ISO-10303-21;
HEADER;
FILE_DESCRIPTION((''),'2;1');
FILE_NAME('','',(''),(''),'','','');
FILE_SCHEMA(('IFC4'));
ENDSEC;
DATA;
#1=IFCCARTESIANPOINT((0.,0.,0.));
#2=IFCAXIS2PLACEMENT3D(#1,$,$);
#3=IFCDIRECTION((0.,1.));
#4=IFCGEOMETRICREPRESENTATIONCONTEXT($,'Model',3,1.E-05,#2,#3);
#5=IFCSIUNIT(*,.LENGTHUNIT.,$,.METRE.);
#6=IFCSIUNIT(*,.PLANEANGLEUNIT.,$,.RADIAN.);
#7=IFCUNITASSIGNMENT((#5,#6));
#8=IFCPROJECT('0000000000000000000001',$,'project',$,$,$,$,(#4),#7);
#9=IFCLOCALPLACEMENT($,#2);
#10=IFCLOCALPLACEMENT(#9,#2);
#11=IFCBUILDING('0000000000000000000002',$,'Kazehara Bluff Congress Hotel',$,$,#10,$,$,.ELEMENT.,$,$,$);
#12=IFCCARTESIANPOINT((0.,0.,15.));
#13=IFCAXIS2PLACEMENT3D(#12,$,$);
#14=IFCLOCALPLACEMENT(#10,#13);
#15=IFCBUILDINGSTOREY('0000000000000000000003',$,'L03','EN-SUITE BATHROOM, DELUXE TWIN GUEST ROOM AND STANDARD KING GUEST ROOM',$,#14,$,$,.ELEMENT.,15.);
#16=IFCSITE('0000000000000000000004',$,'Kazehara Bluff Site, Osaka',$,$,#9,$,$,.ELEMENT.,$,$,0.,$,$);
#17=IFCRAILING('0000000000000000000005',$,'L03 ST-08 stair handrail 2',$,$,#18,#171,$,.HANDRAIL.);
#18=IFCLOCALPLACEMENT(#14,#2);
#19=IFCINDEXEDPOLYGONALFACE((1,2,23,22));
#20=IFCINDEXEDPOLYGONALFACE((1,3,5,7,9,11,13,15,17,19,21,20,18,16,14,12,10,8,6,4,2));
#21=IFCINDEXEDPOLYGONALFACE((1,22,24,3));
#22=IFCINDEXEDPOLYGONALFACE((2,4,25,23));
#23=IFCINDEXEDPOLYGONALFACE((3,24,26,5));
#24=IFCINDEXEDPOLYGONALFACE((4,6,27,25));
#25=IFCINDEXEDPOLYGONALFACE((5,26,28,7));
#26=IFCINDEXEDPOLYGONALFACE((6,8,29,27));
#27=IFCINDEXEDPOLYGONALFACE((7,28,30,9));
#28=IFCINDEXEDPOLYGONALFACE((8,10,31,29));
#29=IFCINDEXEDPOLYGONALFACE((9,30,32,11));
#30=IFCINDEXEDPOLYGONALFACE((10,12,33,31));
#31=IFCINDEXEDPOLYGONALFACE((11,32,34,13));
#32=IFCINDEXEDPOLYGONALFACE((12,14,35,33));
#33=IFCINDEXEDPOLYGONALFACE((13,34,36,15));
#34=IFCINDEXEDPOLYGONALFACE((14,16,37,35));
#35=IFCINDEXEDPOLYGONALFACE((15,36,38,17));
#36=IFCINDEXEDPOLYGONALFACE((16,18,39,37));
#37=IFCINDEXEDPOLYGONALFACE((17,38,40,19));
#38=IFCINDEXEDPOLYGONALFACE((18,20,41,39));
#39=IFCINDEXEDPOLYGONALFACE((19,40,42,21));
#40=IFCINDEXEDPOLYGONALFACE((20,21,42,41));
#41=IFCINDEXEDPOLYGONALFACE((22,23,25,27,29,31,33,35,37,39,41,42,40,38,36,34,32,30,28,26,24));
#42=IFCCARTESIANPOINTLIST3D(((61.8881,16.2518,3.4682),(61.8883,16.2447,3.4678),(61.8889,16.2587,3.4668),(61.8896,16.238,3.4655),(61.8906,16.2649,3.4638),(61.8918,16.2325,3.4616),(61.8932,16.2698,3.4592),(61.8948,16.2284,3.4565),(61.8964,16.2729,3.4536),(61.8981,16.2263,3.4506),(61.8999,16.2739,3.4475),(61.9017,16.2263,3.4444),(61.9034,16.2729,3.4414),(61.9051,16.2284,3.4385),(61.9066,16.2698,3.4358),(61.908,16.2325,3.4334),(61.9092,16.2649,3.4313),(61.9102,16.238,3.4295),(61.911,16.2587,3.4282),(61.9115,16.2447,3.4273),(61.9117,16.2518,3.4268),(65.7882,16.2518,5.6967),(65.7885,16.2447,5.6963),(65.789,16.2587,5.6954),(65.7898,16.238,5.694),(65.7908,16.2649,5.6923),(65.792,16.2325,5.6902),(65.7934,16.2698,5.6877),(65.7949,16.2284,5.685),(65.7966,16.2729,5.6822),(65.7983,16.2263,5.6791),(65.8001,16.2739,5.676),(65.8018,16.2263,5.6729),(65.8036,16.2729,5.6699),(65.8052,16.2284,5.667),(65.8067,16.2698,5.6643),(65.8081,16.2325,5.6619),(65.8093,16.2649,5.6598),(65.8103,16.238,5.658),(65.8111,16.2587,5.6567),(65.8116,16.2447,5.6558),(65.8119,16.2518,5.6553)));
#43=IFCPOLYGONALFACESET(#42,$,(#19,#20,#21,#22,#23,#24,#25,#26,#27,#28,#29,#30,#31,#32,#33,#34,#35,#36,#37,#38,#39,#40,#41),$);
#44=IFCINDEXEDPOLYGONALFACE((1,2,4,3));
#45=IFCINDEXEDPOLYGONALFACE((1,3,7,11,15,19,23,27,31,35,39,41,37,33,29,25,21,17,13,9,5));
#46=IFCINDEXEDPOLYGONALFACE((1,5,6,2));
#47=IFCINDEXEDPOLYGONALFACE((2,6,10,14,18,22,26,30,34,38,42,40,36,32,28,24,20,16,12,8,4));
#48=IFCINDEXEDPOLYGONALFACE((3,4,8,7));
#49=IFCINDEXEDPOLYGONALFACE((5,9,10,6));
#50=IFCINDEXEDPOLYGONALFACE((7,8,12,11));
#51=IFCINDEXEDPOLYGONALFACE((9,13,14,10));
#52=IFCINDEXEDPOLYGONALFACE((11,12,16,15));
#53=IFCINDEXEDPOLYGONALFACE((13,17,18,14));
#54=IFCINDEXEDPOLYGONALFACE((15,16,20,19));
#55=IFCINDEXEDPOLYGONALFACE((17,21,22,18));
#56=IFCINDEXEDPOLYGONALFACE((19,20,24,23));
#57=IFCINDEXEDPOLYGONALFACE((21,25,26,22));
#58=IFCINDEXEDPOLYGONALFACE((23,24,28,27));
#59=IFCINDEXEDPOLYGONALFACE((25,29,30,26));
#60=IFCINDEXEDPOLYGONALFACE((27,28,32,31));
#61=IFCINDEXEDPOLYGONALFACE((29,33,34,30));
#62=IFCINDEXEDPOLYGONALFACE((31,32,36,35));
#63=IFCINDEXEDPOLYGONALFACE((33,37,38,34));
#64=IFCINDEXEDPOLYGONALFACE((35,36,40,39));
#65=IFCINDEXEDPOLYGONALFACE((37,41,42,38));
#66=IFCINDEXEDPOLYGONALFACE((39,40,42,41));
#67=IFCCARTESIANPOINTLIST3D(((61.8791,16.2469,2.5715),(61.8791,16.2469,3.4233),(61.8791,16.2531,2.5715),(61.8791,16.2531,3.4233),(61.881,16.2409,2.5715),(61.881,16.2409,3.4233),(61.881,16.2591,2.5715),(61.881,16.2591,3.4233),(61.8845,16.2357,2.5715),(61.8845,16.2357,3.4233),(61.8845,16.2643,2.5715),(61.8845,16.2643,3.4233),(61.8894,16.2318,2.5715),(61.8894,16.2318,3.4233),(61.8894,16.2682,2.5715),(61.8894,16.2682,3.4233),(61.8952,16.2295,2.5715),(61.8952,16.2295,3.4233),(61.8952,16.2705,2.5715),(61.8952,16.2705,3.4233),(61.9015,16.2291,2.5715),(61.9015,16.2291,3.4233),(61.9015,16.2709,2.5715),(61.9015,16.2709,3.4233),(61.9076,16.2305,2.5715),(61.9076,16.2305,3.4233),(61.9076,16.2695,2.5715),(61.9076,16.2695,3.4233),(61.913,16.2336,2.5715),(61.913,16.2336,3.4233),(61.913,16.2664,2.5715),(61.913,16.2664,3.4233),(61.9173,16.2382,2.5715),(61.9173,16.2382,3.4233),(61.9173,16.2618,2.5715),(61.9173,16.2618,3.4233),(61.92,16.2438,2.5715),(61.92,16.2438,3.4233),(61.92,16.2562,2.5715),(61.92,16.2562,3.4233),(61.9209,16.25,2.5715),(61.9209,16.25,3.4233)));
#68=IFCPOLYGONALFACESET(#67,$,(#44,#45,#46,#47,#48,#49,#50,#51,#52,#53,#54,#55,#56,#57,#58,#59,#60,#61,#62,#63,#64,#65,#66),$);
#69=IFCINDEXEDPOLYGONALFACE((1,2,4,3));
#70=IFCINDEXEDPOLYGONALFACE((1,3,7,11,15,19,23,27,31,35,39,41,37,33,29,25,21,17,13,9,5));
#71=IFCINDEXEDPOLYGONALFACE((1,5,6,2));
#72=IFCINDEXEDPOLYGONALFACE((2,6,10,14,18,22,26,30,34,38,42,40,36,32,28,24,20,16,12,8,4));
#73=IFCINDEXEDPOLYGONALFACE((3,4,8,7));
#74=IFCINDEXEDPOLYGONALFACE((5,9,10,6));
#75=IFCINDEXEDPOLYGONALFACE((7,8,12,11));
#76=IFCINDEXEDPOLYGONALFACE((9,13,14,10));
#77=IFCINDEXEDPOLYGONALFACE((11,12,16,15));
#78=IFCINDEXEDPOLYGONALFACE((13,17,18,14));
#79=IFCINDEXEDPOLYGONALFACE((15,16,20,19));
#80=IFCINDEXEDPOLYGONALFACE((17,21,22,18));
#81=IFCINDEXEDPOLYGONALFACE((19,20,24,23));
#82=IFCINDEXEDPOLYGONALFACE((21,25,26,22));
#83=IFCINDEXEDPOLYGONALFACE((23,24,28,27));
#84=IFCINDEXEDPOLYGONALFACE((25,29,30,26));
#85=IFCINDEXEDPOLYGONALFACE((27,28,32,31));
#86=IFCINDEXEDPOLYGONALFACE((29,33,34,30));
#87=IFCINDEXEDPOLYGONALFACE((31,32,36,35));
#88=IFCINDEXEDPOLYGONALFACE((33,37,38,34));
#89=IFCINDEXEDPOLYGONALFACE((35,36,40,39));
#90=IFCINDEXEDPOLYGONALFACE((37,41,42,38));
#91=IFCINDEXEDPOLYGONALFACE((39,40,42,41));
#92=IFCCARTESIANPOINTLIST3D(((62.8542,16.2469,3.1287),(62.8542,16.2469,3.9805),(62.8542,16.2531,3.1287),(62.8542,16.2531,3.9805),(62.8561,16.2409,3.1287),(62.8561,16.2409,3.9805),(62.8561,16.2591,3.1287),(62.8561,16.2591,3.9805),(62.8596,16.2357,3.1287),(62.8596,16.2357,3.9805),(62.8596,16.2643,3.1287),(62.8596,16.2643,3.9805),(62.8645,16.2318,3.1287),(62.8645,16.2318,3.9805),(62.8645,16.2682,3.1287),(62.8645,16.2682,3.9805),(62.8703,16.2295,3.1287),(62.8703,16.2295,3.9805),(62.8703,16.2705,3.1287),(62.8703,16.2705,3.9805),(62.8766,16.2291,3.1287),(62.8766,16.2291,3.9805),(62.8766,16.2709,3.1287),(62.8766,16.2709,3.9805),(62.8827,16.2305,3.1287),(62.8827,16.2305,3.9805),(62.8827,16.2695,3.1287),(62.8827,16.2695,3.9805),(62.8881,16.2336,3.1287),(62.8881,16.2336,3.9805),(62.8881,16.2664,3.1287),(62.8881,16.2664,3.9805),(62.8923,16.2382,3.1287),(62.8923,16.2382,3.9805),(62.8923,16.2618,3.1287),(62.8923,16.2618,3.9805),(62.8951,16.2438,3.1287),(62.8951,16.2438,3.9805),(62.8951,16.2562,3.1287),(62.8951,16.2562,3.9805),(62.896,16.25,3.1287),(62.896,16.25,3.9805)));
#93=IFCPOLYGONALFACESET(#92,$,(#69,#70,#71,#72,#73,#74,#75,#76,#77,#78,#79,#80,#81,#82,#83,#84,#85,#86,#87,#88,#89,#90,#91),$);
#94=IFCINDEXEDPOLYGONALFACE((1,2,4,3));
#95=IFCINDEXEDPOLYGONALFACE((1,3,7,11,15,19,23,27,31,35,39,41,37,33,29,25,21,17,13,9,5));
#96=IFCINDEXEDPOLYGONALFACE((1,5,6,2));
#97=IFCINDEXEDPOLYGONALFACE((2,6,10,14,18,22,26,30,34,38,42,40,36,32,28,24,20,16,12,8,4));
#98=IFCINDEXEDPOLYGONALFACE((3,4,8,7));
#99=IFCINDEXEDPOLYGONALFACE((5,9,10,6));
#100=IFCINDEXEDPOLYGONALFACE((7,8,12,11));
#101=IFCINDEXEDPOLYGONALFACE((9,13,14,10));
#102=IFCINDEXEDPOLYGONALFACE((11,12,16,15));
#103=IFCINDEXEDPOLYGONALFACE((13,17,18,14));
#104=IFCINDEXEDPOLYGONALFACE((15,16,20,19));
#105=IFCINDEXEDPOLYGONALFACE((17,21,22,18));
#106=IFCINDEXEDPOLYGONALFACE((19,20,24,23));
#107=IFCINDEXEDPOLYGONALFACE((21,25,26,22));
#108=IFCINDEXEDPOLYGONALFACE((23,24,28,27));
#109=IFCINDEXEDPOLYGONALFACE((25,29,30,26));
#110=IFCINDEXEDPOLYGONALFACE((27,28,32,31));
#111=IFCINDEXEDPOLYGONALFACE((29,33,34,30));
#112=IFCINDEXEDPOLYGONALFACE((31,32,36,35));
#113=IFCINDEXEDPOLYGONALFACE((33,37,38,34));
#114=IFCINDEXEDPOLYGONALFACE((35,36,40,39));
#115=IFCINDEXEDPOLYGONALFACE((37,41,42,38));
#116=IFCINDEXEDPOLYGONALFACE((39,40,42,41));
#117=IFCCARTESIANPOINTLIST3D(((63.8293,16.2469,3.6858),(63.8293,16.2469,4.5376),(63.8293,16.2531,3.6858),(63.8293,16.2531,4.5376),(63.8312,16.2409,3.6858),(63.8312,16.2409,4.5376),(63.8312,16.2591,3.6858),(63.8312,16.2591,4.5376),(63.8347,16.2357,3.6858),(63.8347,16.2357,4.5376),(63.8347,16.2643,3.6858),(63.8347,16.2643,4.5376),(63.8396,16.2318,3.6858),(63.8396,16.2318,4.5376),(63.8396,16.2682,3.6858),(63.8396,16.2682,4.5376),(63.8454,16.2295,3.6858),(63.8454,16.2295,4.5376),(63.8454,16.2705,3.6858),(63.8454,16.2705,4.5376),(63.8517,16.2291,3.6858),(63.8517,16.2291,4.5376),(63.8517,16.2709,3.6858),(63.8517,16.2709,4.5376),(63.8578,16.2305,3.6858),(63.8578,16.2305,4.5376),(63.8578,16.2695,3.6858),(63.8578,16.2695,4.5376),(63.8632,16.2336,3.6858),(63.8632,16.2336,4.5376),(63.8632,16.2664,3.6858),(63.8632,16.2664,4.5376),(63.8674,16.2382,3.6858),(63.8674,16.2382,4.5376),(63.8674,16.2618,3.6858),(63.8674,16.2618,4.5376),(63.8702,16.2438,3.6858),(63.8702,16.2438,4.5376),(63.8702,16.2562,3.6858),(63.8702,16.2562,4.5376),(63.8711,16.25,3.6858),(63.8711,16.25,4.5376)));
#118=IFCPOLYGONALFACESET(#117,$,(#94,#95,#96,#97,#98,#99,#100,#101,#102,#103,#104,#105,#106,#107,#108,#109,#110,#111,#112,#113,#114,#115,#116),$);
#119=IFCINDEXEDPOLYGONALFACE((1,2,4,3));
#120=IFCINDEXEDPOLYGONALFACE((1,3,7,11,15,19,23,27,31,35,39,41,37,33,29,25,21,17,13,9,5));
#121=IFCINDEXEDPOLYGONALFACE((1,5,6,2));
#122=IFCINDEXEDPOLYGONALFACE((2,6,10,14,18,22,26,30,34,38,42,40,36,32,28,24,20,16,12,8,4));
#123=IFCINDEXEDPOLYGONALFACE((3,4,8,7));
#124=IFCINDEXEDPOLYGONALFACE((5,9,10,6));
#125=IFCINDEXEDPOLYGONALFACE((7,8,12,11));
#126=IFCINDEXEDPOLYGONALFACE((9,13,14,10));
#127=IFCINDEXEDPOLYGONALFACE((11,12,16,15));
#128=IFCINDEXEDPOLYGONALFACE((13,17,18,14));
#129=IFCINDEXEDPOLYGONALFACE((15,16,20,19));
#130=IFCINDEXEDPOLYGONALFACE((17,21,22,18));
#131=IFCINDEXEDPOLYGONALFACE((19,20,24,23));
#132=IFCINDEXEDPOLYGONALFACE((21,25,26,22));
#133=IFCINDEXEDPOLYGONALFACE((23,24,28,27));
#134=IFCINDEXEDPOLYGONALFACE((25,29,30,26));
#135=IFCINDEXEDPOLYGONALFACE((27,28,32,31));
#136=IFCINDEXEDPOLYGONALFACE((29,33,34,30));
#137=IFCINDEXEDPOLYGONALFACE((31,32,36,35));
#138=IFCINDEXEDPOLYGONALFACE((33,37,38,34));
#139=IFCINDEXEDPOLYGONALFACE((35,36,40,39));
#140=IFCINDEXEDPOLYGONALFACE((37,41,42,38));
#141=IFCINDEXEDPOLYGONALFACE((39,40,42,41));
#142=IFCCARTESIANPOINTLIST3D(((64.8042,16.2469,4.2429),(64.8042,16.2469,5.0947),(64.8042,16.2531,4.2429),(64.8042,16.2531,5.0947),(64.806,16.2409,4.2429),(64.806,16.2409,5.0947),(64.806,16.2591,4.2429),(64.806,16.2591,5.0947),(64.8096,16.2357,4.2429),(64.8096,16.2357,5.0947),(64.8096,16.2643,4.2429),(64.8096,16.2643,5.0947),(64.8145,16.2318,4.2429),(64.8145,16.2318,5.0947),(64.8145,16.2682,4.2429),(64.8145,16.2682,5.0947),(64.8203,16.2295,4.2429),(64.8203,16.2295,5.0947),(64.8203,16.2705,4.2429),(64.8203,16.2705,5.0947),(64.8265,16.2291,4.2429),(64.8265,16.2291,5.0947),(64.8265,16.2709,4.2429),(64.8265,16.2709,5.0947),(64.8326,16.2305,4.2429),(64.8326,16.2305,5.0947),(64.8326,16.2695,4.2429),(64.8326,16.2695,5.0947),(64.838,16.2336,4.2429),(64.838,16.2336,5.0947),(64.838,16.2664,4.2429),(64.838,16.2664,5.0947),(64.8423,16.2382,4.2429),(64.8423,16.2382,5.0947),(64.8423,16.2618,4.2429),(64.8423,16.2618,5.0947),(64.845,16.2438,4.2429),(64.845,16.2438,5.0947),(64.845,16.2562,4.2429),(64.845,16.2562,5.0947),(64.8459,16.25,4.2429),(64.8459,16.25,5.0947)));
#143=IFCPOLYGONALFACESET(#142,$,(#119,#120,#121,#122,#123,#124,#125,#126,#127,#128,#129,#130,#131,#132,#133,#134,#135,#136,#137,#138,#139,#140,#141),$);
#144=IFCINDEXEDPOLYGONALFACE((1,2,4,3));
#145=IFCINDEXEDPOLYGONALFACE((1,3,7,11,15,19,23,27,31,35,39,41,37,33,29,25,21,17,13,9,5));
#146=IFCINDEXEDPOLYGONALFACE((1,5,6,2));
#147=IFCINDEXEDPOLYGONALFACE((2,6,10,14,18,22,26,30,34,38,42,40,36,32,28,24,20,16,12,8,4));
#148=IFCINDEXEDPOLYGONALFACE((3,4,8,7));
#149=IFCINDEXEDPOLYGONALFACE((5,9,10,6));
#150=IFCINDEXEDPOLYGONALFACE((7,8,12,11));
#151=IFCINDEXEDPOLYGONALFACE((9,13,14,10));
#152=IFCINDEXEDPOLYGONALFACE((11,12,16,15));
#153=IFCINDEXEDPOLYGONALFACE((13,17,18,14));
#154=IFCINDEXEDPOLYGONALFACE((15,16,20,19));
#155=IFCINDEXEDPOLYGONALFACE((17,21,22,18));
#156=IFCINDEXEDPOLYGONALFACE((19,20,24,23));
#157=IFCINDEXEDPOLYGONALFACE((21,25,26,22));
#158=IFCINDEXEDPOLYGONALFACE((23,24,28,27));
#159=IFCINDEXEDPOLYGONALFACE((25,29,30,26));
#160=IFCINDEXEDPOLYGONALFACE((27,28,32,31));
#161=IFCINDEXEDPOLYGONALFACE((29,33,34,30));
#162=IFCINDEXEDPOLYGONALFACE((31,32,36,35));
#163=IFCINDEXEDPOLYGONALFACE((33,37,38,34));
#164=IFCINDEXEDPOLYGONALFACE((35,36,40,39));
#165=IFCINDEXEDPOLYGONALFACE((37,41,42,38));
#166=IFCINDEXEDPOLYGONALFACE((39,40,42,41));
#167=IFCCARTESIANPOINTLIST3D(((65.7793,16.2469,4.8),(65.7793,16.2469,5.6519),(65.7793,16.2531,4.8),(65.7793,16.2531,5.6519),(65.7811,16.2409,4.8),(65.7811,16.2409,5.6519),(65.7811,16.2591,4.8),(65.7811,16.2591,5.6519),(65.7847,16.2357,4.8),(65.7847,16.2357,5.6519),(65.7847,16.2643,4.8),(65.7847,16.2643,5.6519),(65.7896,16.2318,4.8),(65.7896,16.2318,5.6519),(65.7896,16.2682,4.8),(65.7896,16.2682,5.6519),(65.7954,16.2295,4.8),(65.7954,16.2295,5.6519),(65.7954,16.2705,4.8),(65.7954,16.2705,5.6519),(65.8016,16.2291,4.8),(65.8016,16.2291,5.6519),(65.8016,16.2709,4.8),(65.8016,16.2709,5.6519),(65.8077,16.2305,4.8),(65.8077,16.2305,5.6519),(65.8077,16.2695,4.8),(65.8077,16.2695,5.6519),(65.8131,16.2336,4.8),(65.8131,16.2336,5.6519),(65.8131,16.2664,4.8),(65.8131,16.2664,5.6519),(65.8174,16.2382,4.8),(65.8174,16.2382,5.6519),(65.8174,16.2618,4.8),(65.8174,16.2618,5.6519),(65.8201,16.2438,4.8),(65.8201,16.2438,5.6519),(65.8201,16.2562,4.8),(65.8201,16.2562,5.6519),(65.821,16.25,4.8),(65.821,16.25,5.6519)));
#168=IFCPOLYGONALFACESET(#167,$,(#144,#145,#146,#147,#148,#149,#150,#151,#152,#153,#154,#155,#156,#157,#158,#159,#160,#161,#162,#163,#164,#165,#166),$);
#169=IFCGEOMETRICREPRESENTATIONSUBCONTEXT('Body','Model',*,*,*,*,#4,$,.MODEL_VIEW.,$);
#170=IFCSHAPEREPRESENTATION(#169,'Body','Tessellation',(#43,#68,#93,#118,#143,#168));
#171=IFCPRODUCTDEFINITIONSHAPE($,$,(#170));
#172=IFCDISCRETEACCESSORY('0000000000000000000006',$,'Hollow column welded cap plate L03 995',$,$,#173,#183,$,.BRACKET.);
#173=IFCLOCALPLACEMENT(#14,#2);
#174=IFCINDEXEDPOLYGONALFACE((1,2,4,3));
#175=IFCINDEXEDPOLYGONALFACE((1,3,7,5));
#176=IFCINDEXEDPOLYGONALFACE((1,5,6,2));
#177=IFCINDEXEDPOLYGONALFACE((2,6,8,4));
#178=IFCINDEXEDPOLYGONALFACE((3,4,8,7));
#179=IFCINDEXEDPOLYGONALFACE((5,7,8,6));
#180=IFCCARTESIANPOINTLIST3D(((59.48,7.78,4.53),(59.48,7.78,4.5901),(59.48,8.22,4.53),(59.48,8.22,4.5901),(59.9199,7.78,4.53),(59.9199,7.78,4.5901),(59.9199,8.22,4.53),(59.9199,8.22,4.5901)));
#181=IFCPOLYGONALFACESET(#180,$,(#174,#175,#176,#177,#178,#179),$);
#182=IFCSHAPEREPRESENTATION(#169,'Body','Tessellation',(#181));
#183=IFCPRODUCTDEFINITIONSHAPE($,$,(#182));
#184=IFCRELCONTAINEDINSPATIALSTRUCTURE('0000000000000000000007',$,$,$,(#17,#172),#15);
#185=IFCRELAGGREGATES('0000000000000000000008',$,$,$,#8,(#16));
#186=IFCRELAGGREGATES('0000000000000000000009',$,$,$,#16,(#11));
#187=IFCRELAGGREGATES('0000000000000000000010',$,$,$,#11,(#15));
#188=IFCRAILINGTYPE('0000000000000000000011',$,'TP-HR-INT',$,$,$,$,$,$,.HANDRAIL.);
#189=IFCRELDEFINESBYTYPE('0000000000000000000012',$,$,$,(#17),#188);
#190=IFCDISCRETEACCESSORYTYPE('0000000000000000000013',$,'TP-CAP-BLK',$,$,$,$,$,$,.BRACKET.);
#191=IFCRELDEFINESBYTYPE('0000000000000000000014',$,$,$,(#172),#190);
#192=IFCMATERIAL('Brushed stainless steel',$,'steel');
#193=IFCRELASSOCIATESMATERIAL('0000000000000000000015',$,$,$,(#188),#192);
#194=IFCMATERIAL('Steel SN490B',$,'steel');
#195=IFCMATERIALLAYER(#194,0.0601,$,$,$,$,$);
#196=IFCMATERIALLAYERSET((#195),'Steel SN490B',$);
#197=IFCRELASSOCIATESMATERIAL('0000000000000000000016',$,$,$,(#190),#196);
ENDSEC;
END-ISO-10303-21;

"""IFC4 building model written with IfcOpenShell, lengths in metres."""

from ifc_helpers import new_model, si_unit, direction, frame, origin, origin_2d, place, context, subcontext, project, spatial, rectangle, circle, extrude, material, layer, layer_set, type_object, element, save


model = new_model("IFC4")

# Units and contexts
model_context = context("Model", 3, precision=1e-05, world=origin(), true_north=direction((0.0, 1.0)))
body_context = subcontext(model_context, "Body", "Model", "MODEL_VIEW")
ifc_project = project(units=[si_unit("LENGTHUNIT", "METRE"), si_unit("PLANEANGLEUNIT", "RADIAN")], contexts=[model_context])

# Site, building, storey
site_placement = place(None, origin())
site = spatial("IfcSite", under=ifc_project, at=site_placement, Name="Kazehara Bluff Site, Osaka", CompositionType="ELEMENT", RefElevation=0.0)
building_placement = place(site_placement, origin())
building = spatial("IfcBuilding", under=site, at=building_placement, Name="Kazehara Bluff Congress Hotel", CompositionType="ELEMENT")
storey_placement = place(building_placement, frame((0.0, 0.0, 15.0)))
storey = spatial("IfcBuildingStorey", under=building, at=storey_placement, Name="L03", Description="EN-SUITE BATHROOM, DELUXE TWIN GUEST ROOM AND STANDARD KING GUEST ROOM", CompositionType="ELEMENT", Elevation=15.0)

# Railing
ifc_material_1 = material(Name="Brushed stainless steel", Category="steel")
railing_type_1 = type_object("IfcRailingType", Name="TP-HR-INT", PredefinedType="HANDRAIL", material=ifc_material_1)
railing_1_placement = place(storey_placement, frame((61.8999, 16.25, 2.5715)))
element("IfcRailing", 1, at=railing_1_placement, inside=storey, type_object=railing_type_1, Name="L03 ST-08 stair handrail 2", PredefinedType="HANDRAIL", context=body_context, shape_type="SweptSolid", body=[
    extrude(circle(Radius=0.0239, at=origin_2d()), frame((0.0, 0.0, 0.876), z_axis=(0.868257, 0.0, 0.496116), x_axis=(0.0, 1.0, 0.0)), (0.0, 0.0, 1.0), 4.4919),
    extrude(circle(Radius=0.021, at=origin_2d()), origin(), (0.0, 0.0, 1.0), 0.8518),
    extrude(circle(Radius=0.021, at=origin_2d()), frame((0.9751, 0.0, 0.5571)), (0.0, 0.0, 1.0), 0.8518),
    extrude(circle(Radius=0.021, at=origin_2d()), frame((1.9502, 0.0, 1.1143)), (0.0, 0.0, 1.0), 0.8518),
    extrude(circle(Radius=0.021, at=origin_2d()), frame((2.925, 0.0, 1.6714)), (0.0, 0.0, 1.0), 0.8518),
    extrude(circle(Radius=0.021, at=origin_2d()), frame((3.9001, 0.0, 2.2285)), (0.0, 0.0, 1.0), 0.8518),
])

# Discrete accessory
ifc_material_2 = material(Name="Steel SN490B", Category="steel")
ifc_layer_1 = layer(ifc_material_2, 0.0601)
ifc_layer_set_1 = layer_set([ifc_layer_1], Name="Steel SN490B")
discrete_accessory_type = type_object("IfcDiscreteAccessoryType", Name="TP-CAP-BLK", PredefinedType="BRACKET", material=ifc_layer_set_1)
discrete_accessory_placement = place(storey_placement, frame((59.7, 8.0, 4.53), z_axis=(0.0, 0.0, 1.0), x_axis=(1.0, 0.0, 0.0)))
element("IfcDiscreteAccessory", 2, at=discrete_accessory_placement, inside=storey, type_object=discrete_accessory_type, Name="Hollow column welded cap plate L03 995", PredefinedType="BRACKET", context=body_context, shape_type="SweptSolid", body=[
    extrude(rectangle(XDim=0.4399, YDim=0.4399, at=origin_2d()), origin(), (0.0, 0.0, 1.0), 0.0601),
])

save(model, "model.ifc")
